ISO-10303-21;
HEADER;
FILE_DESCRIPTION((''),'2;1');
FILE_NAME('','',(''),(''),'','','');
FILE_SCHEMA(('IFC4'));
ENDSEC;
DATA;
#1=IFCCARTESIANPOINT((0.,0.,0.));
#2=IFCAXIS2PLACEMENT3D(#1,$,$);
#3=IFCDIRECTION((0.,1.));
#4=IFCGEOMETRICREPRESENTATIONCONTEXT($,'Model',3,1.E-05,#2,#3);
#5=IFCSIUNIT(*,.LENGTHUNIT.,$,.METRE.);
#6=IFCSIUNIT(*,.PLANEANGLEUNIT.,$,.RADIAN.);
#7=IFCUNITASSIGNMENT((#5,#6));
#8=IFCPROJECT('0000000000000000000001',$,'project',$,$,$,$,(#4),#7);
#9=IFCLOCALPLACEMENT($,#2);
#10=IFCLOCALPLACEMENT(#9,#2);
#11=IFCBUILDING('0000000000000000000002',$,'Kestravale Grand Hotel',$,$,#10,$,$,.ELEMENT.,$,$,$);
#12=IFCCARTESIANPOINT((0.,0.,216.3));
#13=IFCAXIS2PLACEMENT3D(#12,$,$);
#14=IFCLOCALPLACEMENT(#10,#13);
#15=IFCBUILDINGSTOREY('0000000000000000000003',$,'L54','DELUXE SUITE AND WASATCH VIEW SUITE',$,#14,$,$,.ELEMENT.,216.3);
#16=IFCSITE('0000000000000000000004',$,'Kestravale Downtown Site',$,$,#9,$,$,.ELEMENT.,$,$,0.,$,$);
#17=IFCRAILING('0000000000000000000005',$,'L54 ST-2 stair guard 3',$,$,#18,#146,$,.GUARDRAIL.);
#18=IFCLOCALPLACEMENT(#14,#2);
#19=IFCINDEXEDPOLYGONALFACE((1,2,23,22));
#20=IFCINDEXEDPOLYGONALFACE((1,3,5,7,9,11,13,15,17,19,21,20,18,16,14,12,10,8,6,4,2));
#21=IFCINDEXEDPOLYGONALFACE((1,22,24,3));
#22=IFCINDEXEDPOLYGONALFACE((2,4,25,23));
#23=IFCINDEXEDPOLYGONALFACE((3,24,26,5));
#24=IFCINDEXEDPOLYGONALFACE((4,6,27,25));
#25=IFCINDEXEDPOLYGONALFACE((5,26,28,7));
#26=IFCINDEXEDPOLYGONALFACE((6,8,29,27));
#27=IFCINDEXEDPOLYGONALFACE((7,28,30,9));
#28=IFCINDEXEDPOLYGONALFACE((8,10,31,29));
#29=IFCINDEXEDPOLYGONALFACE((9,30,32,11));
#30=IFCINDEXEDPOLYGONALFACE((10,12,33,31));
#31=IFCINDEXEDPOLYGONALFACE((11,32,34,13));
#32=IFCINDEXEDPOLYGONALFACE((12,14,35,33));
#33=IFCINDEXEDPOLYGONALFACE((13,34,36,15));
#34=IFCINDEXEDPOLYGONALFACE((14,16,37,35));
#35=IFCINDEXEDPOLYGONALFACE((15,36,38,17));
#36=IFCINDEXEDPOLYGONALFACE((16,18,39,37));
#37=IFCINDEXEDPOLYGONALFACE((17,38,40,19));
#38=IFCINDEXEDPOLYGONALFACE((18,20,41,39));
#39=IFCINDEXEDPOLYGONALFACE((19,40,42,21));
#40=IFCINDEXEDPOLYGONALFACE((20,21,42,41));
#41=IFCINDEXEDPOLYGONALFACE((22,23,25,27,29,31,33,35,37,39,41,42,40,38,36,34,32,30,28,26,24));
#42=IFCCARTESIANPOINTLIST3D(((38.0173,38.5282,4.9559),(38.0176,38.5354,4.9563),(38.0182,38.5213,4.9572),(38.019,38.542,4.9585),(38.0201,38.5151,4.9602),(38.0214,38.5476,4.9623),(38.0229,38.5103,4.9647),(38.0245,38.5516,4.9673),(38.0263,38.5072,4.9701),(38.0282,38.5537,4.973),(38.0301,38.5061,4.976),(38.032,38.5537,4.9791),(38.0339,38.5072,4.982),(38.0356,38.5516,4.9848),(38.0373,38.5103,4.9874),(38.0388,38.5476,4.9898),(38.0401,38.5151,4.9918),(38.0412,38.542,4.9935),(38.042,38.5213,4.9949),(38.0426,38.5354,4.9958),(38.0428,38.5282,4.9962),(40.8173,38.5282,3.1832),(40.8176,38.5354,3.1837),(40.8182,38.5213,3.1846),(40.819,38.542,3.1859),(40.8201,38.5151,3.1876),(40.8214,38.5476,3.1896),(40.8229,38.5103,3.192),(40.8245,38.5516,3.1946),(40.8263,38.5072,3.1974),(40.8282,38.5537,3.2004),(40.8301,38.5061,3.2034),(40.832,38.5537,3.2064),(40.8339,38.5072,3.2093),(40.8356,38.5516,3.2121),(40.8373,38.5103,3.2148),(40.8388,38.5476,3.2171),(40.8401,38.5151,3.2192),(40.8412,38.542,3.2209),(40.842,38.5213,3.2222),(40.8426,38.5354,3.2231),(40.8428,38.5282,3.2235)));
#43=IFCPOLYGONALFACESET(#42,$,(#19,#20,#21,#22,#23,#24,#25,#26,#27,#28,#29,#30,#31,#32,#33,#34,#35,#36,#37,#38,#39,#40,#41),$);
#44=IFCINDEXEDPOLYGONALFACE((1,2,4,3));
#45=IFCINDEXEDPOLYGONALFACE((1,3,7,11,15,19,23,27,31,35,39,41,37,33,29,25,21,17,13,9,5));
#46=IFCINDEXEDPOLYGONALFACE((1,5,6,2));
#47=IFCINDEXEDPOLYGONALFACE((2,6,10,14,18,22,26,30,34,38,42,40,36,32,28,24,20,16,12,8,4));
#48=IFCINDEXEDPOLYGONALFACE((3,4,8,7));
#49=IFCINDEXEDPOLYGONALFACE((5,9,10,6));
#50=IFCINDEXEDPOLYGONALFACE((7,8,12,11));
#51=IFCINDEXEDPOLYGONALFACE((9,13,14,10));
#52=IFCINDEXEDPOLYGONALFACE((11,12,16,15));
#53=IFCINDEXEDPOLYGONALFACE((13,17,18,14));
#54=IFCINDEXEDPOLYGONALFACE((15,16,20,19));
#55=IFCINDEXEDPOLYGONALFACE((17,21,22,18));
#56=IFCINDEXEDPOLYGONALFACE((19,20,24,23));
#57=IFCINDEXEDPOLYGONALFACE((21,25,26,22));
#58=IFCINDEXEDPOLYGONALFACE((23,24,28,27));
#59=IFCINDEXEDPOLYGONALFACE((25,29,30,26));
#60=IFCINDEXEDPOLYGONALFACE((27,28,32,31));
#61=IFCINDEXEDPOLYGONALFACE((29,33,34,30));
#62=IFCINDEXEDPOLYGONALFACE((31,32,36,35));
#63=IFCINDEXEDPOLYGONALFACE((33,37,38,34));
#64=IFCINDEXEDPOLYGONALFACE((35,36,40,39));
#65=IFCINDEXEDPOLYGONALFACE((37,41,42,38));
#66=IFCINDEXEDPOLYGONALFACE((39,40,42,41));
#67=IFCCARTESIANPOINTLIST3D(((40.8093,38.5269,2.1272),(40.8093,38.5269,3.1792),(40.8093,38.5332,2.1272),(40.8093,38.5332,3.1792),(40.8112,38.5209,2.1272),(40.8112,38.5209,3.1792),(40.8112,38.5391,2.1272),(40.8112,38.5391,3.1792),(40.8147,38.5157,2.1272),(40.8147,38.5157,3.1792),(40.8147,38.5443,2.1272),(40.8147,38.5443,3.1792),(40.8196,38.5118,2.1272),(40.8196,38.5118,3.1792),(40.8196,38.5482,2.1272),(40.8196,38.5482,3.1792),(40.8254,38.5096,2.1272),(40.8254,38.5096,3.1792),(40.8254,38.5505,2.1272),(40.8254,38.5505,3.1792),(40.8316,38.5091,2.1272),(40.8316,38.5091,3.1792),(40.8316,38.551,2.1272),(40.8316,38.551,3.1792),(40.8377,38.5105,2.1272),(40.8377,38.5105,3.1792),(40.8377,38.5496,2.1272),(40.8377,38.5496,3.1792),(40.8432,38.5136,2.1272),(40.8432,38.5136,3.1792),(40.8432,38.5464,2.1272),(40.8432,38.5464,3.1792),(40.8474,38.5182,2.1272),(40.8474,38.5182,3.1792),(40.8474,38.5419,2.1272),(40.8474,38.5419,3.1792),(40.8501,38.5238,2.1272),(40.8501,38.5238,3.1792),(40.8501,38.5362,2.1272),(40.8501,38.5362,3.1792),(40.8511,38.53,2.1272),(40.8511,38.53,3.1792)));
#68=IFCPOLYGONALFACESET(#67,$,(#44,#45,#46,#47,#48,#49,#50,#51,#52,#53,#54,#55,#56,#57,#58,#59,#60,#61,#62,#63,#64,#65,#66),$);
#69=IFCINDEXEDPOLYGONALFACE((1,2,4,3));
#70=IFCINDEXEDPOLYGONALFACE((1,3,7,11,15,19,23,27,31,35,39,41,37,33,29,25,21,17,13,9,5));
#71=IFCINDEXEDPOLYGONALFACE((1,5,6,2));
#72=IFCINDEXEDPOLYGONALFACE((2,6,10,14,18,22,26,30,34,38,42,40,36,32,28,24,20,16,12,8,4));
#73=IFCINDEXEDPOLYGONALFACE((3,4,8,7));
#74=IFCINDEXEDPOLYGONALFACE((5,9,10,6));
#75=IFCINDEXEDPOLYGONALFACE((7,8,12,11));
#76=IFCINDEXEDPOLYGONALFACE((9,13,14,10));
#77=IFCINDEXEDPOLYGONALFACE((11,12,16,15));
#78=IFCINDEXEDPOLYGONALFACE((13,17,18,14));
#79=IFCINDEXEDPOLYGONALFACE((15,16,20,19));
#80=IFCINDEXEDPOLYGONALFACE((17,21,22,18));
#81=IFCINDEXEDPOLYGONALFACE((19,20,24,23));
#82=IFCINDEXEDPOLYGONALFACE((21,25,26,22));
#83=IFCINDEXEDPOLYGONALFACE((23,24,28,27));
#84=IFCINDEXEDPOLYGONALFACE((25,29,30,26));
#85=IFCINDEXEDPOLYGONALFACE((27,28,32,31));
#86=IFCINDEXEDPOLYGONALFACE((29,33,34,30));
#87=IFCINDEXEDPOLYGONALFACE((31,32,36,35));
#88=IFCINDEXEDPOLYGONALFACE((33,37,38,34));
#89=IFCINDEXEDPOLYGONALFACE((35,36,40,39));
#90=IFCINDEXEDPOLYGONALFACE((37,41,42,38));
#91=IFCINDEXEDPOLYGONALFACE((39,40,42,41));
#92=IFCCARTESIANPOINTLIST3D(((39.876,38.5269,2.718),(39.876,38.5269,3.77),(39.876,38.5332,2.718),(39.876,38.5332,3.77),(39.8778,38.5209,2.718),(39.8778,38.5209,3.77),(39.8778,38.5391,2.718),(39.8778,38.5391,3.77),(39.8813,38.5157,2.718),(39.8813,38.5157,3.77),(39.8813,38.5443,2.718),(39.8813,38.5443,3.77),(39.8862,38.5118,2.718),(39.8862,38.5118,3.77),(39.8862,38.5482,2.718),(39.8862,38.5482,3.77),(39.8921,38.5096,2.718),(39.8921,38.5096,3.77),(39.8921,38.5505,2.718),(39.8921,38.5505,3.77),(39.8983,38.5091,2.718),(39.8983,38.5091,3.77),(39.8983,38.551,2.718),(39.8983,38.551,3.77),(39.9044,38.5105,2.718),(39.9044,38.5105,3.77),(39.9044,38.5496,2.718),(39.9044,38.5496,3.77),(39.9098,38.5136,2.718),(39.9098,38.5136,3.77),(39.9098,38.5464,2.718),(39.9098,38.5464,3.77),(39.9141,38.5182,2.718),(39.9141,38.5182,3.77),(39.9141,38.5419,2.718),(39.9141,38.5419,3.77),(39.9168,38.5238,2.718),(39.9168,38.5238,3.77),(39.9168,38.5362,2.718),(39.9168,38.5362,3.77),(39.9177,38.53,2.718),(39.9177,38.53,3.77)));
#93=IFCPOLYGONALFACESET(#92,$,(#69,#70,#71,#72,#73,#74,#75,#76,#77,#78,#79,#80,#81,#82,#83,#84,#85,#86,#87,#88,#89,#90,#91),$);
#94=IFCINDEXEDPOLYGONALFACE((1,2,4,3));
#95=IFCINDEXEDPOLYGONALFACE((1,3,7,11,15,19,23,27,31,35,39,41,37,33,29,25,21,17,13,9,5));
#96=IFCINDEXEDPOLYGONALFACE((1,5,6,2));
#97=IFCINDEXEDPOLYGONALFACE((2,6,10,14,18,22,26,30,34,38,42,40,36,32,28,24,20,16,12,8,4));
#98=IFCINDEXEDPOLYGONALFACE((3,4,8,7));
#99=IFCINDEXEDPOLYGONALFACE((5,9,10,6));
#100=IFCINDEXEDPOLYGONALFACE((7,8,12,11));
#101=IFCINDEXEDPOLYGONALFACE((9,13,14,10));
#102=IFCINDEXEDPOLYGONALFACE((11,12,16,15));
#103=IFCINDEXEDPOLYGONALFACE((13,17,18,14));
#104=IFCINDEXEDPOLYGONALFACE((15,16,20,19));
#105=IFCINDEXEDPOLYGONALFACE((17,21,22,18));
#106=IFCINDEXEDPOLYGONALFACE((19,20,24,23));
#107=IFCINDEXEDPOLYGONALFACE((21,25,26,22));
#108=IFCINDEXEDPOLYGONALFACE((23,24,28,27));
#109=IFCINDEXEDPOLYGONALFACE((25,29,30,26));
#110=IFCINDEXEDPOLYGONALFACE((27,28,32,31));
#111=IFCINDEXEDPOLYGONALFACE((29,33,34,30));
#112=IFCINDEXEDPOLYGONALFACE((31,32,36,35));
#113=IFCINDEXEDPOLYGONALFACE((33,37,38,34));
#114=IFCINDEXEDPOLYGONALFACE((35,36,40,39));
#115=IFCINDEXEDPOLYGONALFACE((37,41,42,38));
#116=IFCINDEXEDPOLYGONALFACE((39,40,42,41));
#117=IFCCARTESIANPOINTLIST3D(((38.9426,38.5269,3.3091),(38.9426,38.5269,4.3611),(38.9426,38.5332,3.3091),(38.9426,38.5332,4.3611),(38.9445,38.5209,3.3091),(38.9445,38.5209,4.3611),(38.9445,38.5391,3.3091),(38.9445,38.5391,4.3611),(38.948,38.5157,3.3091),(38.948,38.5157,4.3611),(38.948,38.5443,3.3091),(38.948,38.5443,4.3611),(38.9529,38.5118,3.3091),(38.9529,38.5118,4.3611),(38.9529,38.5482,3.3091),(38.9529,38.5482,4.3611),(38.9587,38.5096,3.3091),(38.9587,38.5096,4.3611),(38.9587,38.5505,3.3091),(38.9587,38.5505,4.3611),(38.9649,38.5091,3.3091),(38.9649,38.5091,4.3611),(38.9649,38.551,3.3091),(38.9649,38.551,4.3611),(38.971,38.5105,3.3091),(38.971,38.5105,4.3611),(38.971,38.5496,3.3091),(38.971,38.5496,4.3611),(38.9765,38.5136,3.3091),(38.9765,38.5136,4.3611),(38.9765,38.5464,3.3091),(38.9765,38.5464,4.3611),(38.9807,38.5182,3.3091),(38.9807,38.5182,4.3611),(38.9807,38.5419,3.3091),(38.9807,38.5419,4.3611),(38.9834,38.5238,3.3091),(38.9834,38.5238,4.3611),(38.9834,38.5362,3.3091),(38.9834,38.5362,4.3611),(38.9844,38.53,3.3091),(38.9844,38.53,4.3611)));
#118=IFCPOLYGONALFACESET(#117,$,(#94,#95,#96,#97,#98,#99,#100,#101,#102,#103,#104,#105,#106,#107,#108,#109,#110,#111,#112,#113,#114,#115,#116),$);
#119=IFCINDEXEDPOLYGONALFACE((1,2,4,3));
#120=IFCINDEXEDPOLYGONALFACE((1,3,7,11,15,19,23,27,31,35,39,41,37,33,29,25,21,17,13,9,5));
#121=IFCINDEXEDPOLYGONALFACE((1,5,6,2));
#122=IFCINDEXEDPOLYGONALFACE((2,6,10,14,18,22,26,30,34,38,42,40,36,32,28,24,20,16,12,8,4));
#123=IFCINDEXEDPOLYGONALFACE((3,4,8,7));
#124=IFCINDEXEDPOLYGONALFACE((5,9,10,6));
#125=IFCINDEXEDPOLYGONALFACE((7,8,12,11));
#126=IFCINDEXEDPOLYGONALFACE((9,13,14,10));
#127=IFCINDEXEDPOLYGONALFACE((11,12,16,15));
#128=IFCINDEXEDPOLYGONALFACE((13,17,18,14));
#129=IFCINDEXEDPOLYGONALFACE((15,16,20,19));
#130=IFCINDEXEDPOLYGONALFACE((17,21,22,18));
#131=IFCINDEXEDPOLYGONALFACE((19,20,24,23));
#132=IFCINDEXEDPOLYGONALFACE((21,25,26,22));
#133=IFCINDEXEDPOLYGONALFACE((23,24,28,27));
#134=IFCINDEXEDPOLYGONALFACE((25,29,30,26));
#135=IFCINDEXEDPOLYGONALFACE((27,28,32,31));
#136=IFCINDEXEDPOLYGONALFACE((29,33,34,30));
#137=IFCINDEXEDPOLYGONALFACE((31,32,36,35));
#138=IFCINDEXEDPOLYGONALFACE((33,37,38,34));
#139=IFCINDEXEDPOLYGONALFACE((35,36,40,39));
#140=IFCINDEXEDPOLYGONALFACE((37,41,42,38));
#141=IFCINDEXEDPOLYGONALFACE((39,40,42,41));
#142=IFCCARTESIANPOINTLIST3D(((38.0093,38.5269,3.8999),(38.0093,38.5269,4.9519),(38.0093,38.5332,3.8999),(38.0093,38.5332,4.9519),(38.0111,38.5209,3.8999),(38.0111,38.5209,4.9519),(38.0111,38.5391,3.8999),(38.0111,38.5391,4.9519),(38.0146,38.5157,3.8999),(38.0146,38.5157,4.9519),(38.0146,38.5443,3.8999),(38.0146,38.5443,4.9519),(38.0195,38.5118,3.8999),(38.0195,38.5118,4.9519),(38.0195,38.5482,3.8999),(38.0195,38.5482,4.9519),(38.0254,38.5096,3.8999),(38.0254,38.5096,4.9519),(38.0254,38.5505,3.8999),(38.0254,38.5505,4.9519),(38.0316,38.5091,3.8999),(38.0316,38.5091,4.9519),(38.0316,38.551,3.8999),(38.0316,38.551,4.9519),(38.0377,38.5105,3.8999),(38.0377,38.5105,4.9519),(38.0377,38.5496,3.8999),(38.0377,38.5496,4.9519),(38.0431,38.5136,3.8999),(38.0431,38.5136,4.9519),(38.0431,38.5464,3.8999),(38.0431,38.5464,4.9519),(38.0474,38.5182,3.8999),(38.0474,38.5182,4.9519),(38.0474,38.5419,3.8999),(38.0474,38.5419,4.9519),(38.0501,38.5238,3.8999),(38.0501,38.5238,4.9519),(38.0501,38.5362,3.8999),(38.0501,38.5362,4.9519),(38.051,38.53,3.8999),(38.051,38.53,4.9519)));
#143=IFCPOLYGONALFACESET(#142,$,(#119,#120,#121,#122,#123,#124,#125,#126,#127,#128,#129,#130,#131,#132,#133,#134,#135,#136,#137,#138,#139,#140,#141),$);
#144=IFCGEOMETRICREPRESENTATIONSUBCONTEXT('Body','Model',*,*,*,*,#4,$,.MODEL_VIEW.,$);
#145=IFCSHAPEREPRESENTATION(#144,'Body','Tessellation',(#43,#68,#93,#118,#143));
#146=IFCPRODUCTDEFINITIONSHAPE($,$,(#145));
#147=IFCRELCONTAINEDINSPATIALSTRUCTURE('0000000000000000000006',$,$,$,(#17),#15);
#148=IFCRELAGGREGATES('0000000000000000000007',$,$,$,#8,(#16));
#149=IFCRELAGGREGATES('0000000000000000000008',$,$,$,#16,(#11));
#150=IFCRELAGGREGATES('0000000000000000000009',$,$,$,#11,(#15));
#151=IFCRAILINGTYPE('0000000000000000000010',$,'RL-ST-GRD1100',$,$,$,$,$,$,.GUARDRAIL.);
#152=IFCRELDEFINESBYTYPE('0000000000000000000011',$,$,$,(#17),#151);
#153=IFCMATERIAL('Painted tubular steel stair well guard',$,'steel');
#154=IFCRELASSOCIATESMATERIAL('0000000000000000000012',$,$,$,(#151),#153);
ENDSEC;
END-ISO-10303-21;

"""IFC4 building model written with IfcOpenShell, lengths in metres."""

from ifc_helpers import new_model, si_unit, direction, frame, origin, origin_2d, place, context, subcontext, project, spatial, circle, extrude, material, type_object, element, save


model = new_model("IFC4")

# Units and contexts
model_context = context("Model", 3, precision=1e-05, world=origin(), true_north=direction((0.0, 1.0)))
body_context = subcontext(model_context, "Body", "Model", "MODEL_VIEW")
ifc_project = project(units=[si_unit("LENGTHUNIT", "METRE"), si_unit("PLANEANGLEUNIT", "RADIAN")], contexts=[model_context])

# Site, building, storey
site_placement = place(None, origin())
site = spatial("IfcSite", under=ifc_project, at=site_placement, Name="Kestravale Downtown Site", CompositionType="ELEMENT", RefElevation=0.0)
building_placement = place(site_placement, origin())
building = spatial("IfcBuilding", under=site, at=building_placement, Name="Kestravale Grand Hotel", CompositionType="ELEMENT")
storey_placement = place(building_placement, frame((0.0, 0.0, 216.3)))
storey = spatial("IfcBuildingStorey", under=building, at=storey_placement, Name="L54", Description="DELUXE SUITE AND WASATCH VIEW SUITE", CompositionType="ELEMENT", Elevation=216.3)

# Railing
ifc_material_1 = material(Name="Painted tubular steel stair well guard", Category="steel")
railing_type_1 = type_object("IfcRailingType", Name="RL-ST-GRD1100", PredefinedType="GUARDRAIL", material=ifc_material_1)
railing_1_placement = place(storey_placement, frame((40.8301, 38.53, 2.1272)))
element("IfcRailing", 1, at=railing_1_placement, inside=storey, type_object=railing_type_1, Name="L54 ST-2 stair guard 3", PredefinedType="GUARDRAIL", context=body_context, shape_type="SweptSolid", body=[
    extrude(circle(Radius=0.0239, at=origin_2d()), frame((0.0, 0.0, 1.0762), z_axis=(-0.844909, 0.0, 0.53491), x_axis=(0.0, -1.0, 0.0)), (0.0, 0.0, 1.0), 3.314),
    extrude(circle(Radius=0.021, at=origin_2d()), origin(), (0.0, 0.0, 1.0), 1.052),
    extrude(circle(Radius=0.021, at=origin_2d()), frame((-0.9333, 0.0, 0.5908)), (0.0, 0.0, 1.0), 1.052),
    extrude(circle(Radius=0.021, at=origin_2d()), frame((-1.8667, 0.0, 1.1819)), (0.0, 0.0, 1.0), 1.052),
    extrude(circle(Radius=0.021, at=origin_2d()), frame((-2.8, 0.0, 1.7727)), (0.0, 0.0, 1.0), 1.052),
])

save(model, "model.ifc")
